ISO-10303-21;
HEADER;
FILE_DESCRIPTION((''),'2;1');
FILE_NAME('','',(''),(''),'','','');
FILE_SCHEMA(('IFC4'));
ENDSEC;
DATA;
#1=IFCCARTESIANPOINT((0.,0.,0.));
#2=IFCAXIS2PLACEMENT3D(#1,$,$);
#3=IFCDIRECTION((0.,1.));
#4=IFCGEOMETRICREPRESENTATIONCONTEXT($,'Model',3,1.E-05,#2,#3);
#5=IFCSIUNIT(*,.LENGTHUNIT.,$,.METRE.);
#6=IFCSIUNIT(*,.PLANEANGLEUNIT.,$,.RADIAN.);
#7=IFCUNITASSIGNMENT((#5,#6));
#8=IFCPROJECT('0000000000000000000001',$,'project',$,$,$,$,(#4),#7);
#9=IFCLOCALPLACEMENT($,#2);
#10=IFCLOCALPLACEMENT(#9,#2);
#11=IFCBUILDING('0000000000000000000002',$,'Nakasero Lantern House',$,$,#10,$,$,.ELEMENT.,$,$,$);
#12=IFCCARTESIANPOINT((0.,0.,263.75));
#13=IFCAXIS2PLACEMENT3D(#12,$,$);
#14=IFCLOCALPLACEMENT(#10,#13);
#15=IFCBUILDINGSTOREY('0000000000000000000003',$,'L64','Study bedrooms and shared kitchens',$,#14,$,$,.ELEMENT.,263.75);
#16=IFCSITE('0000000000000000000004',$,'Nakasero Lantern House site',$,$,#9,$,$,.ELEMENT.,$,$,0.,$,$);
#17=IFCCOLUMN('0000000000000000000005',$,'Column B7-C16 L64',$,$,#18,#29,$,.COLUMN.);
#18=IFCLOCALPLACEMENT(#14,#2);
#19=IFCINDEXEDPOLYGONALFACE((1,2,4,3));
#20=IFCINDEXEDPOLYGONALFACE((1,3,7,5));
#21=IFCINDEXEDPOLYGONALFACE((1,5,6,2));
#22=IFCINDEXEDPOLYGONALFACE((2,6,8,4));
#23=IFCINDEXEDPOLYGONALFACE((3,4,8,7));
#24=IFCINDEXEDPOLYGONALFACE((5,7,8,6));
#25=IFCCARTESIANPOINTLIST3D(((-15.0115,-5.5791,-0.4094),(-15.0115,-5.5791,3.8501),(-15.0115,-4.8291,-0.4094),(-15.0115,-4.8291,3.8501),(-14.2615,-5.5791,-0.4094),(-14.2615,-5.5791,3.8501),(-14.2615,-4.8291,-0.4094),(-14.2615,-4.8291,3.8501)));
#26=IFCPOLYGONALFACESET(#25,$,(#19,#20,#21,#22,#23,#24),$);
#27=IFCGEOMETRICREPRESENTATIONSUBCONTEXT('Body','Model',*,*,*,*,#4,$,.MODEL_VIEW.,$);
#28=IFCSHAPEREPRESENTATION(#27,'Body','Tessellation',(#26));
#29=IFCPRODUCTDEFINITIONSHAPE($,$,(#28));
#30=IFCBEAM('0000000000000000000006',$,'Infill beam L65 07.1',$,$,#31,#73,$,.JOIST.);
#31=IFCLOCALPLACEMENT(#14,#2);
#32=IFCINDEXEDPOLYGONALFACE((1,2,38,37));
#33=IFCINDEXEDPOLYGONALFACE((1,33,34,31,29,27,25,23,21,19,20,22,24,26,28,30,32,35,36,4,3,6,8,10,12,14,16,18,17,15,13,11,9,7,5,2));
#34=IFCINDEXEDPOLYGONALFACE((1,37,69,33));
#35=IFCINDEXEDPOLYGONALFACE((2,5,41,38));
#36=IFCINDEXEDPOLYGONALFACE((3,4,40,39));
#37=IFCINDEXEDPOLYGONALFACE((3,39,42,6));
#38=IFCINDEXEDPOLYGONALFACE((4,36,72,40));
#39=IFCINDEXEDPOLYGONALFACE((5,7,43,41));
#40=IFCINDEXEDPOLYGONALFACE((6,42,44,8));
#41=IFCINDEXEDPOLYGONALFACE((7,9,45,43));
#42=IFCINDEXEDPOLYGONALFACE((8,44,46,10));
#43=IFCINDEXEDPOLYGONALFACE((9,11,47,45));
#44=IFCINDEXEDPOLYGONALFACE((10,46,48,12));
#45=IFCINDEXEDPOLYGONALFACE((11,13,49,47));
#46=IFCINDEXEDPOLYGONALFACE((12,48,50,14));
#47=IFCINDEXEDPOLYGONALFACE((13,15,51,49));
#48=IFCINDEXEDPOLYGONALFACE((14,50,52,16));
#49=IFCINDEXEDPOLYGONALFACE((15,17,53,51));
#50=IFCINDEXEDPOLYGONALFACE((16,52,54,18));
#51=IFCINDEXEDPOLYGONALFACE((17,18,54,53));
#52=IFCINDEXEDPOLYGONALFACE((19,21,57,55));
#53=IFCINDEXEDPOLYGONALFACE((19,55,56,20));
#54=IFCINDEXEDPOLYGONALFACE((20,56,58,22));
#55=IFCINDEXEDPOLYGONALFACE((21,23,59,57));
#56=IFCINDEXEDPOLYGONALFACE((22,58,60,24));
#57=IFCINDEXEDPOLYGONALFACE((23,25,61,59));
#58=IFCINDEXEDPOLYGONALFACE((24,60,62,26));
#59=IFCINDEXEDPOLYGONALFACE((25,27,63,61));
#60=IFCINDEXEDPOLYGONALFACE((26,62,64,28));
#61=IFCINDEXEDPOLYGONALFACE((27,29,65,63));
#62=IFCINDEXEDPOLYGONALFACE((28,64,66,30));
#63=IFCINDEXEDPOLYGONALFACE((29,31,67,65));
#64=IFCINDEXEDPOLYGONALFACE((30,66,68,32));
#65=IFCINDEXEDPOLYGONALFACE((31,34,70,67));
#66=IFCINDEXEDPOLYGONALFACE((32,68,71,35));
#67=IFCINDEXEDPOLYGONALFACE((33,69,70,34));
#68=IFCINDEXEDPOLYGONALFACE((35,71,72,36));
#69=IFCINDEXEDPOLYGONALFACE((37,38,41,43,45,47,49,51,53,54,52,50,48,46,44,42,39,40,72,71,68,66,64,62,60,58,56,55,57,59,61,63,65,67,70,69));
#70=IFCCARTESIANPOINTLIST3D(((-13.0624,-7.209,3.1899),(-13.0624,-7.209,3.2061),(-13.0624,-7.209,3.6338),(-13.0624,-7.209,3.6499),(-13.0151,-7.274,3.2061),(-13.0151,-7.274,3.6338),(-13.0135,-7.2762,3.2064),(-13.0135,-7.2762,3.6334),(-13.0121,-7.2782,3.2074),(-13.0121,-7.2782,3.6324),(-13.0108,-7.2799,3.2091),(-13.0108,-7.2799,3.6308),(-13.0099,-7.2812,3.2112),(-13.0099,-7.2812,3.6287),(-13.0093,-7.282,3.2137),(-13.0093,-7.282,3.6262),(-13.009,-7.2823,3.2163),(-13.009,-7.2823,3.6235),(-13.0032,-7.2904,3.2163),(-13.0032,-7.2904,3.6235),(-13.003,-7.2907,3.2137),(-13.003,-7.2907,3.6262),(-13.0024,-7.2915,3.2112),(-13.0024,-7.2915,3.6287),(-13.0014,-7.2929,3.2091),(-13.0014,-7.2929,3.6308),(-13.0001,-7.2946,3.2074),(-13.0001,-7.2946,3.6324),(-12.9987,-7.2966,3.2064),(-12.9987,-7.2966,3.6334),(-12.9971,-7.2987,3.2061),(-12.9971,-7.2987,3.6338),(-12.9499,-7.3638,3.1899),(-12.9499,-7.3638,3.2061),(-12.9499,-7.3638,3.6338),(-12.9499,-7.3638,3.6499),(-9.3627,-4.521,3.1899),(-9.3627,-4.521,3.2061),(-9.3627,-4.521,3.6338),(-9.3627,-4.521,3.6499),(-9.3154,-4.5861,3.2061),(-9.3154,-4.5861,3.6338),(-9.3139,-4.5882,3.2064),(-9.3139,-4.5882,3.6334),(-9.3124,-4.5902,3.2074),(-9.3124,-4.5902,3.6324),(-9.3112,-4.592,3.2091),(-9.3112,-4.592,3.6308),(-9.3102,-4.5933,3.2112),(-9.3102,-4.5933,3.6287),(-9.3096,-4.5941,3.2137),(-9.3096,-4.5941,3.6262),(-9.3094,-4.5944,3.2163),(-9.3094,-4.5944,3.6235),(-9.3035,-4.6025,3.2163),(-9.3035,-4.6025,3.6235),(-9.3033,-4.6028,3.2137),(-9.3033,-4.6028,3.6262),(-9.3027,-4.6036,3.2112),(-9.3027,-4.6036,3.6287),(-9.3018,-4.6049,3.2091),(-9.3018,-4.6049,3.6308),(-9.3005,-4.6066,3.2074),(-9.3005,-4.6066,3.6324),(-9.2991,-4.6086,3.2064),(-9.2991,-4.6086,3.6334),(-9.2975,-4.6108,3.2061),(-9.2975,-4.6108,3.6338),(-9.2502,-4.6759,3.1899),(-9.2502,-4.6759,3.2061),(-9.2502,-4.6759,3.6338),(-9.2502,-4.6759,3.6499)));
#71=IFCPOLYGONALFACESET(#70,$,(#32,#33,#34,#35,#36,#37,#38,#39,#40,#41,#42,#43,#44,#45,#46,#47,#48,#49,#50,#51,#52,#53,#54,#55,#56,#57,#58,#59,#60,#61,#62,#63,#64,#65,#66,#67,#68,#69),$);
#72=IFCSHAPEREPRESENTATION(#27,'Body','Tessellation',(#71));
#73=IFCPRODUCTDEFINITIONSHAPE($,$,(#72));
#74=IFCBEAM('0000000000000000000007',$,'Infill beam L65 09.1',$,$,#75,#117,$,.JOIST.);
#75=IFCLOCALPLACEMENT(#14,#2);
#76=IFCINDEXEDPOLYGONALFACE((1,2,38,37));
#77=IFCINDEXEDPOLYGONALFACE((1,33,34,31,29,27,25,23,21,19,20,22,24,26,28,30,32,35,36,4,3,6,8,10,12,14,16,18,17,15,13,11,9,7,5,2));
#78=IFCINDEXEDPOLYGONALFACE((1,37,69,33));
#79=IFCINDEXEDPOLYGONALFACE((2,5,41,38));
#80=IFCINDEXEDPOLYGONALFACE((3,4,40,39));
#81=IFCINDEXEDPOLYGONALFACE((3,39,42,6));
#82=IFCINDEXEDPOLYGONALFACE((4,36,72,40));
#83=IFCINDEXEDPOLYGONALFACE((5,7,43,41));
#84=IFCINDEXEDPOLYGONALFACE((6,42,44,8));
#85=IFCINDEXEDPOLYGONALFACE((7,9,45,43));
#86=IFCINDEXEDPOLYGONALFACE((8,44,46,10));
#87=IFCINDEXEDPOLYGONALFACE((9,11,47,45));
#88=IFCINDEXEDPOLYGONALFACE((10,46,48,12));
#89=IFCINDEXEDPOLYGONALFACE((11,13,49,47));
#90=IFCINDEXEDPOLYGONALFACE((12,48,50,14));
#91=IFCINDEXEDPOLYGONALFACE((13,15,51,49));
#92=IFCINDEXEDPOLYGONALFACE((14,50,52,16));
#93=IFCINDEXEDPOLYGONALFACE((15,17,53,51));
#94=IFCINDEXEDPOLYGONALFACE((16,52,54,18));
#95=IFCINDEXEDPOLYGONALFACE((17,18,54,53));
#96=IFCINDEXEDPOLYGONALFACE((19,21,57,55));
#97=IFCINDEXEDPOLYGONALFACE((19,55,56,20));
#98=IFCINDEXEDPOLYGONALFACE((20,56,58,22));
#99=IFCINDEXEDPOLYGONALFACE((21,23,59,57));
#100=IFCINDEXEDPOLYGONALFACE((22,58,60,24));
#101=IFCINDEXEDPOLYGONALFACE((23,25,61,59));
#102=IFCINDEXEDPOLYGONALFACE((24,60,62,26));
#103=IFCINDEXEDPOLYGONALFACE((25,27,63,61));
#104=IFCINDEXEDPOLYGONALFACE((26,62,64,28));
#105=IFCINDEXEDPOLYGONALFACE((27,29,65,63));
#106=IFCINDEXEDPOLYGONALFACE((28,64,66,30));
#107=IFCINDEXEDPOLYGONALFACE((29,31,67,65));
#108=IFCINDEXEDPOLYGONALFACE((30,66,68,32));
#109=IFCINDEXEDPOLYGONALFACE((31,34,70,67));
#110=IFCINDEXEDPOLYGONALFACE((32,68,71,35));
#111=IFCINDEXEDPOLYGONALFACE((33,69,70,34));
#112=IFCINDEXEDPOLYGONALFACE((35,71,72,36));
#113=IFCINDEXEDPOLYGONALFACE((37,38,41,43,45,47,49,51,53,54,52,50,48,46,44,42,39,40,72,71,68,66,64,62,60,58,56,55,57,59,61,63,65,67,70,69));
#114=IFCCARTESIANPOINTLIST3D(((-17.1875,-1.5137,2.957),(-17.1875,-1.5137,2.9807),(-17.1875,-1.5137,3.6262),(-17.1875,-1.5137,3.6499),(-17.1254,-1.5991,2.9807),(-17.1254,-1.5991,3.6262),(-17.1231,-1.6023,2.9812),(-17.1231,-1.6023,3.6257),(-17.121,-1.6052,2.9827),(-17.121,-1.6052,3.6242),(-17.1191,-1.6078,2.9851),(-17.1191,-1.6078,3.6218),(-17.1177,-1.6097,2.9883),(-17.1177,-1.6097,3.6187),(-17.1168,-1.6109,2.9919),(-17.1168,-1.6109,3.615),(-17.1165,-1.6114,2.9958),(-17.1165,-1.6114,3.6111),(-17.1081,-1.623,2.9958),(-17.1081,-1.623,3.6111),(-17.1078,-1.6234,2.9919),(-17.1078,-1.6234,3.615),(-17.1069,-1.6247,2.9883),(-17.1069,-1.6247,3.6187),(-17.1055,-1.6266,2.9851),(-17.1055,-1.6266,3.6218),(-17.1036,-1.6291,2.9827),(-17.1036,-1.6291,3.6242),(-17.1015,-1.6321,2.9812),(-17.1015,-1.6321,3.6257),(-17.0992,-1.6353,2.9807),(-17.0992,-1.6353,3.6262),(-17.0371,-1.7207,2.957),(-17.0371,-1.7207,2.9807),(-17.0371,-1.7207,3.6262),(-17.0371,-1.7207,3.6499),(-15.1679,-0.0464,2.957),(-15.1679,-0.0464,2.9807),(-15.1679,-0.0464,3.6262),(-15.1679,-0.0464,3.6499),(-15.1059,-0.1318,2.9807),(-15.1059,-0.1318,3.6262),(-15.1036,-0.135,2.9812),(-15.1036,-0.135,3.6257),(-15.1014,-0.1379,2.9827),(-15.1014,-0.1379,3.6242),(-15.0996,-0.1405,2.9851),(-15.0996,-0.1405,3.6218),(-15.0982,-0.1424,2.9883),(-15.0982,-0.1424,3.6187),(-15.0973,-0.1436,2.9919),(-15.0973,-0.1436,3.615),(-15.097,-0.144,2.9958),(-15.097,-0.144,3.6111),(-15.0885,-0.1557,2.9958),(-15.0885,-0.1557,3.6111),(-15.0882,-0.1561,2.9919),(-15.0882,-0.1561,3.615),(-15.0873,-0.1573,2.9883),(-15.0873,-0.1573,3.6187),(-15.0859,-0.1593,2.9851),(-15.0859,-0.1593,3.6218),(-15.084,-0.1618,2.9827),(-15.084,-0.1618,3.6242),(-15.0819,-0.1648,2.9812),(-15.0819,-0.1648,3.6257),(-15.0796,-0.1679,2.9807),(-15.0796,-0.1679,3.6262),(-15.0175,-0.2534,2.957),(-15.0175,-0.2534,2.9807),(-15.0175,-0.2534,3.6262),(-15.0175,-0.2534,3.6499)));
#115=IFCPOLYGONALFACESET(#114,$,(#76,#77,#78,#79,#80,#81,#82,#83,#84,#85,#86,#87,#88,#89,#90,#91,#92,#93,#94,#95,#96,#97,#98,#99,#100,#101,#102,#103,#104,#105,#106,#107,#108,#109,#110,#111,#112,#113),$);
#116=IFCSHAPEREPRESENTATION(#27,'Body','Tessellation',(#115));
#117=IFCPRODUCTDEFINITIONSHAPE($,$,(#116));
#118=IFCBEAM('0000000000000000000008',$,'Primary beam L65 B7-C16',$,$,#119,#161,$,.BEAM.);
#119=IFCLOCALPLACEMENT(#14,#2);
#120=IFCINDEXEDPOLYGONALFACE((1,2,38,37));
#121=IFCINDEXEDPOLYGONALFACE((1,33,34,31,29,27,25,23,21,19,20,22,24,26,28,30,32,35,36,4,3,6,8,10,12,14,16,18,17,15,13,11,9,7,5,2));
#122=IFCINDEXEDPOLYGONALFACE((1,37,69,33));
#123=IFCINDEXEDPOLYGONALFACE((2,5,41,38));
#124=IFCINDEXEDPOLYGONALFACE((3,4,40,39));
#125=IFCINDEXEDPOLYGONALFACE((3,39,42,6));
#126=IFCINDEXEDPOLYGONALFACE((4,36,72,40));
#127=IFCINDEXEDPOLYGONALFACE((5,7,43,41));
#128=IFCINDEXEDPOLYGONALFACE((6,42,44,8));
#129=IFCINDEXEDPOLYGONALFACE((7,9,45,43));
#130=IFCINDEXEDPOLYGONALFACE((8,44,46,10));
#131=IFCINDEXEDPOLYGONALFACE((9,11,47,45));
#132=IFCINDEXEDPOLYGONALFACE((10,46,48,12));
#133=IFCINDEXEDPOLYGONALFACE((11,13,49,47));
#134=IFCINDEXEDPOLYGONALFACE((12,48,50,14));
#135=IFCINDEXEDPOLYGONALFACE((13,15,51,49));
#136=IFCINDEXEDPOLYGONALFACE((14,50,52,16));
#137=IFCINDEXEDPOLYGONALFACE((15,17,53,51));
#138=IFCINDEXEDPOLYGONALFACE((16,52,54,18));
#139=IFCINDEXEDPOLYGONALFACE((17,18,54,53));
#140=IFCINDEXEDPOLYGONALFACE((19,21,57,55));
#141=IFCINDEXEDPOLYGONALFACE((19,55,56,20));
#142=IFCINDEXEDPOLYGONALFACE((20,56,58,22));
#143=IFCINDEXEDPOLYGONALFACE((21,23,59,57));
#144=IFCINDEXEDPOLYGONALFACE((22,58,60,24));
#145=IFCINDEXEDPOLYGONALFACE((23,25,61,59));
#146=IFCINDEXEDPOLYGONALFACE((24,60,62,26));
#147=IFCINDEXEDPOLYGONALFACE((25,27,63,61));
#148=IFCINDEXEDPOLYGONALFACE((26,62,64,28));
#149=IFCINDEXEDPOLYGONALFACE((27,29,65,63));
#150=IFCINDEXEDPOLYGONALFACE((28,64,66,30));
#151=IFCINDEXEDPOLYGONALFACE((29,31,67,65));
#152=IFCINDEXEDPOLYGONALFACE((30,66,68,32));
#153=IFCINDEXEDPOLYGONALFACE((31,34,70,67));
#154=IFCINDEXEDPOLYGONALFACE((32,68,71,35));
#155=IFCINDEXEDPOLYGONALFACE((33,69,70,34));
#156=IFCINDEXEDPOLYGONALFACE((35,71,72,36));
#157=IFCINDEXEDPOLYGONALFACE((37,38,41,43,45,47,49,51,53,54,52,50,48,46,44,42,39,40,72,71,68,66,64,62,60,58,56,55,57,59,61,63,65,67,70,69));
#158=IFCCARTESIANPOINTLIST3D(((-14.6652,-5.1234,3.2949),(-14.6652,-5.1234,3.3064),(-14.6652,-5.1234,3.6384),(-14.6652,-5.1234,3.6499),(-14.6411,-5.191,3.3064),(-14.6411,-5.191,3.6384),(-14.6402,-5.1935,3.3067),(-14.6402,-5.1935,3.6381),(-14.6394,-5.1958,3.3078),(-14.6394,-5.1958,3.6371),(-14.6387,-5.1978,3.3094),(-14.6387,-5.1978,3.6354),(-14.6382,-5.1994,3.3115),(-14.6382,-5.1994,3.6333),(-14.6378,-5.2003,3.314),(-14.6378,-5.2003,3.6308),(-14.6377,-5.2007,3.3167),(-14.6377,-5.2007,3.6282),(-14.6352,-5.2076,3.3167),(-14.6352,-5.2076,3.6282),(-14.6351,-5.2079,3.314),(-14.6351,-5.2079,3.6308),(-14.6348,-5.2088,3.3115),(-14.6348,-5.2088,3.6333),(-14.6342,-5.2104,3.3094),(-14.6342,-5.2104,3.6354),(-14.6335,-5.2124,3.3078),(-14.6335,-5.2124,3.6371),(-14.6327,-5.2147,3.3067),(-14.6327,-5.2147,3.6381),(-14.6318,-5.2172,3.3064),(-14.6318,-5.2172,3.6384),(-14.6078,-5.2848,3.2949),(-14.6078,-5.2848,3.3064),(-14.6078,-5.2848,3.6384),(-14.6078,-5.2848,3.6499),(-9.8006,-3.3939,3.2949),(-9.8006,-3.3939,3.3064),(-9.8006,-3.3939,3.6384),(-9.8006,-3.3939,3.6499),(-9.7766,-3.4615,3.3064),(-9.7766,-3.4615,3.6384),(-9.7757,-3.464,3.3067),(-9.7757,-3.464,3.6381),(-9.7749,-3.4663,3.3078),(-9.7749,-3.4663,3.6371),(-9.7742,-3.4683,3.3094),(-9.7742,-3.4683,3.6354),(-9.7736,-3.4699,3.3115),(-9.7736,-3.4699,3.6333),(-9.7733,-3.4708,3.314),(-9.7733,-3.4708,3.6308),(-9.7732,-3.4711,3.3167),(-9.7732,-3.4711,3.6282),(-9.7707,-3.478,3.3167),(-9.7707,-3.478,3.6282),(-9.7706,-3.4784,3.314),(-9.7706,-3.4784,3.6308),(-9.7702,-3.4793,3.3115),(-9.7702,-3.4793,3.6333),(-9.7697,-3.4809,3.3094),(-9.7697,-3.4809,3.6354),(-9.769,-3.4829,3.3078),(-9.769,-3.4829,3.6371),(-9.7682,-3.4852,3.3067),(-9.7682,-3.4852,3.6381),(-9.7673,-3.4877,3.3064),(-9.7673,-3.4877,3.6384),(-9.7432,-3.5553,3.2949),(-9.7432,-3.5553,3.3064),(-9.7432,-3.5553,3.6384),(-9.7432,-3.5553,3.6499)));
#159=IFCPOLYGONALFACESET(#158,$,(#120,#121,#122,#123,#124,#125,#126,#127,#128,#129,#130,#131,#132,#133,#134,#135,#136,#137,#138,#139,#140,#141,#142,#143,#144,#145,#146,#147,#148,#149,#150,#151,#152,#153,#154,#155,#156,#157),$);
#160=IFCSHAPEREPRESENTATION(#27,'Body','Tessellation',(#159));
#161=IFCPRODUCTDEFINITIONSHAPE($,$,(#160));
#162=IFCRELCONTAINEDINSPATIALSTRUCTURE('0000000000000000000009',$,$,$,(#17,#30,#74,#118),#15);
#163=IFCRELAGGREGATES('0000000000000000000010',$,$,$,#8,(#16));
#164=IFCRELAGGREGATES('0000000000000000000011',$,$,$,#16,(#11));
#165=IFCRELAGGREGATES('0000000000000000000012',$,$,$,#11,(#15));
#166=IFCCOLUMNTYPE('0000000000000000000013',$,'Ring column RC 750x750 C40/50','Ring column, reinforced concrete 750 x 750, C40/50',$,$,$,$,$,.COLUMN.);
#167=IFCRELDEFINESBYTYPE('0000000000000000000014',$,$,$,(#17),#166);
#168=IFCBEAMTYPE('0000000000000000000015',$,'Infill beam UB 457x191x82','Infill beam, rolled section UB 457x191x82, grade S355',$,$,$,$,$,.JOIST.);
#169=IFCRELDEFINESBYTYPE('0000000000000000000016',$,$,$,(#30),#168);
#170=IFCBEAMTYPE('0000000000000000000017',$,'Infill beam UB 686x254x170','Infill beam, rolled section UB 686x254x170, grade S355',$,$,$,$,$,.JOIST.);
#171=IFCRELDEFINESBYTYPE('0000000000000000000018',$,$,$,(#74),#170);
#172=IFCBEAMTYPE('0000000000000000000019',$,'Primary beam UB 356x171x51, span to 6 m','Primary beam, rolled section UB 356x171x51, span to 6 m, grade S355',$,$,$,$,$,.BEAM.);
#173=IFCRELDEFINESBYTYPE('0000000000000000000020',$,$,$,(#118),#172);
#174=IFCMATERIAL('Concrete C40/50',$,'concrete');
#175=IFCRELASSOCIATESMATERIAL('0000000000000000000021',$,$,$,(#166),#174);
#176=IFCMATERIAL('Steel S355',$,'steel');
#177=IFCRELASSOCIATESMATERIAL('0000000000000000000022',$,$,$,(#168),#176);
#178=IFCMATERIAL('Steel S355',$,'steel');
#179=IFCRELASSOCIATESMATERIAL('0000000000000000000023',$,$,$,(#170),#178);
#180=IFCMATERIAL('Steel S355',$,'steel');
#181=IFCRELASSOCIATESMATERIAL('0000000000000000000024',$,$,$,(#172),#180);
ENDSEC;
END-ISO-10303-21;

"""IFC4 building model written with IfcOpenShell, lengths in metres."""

from ifc_helpers import new_model, si_unit, direction, frame, origin, origin_2d, place, context, subcontext, project, spatial, rectangle, i_section, extrude, material, material_profile, profile_set, type_object, element, save


model = new_model("IFC4")

# Units and contexts
model_context = context("Model", 3, precision=1e-05, world=origin(), true_north=direction((0.0, 1.0)))
body_context = subcontext(model_context, "Body", "Model", "MODEL_VIEW")
ifc_project = project(units=[si_unit("LENGTHUNIT", "METRE"), si_unit("PLANEANGLEUNIT", "RADIAN")], contexts=[model_context])

# Site, building, storey
site_placement = place(None, origin())
site = spatial("IfcSite", under=ifc_project, at=site_placement, Name="Nakasero Lantern House site", CompositionType="ELEMENT", RefElevation=0.0)
building_placement = place(site_placement, origin())
building = spatial("IfcBuilding", under=site, at=building_placement, Name="Nakasero Lantern House", CompositionType="ELEMENT")
storey_placement = place(building_placement, frame((0.0, 0.0, 263.75)))
storey = spatial("IfcBuildingStorey", under=building, at=storey_placement, Name="L64", Description="Study bedrooms and shared kitchens", CompositionType="ELEMENT", Elevation=263.75)

# Column
ifc_material_1 = material(Name="Concrete C40/50", Category="concrete")
ifc_material_profile_1 = material_profile(ifc_material_1, rectangle(XDim=0.75, YDim=0.75, at=origin_2d()), Name="RC 750x750")
ifc_profile_set_1 = profile_set([ifc_material_profile_1], Name="Concrete C40/50")
column_type = type_object("IfcColumnType", Name="Ring column RC 750x750 C40/50", Description="Ring column, reinforced concrete 750 x 750, C40/50", PredefinedType="COLUMN", material=ifc_profile_set_1)
column_placement = place(storey_placement, frame((-14.6365, -5.2041, -0.4094), z_axis=(0.0, 0.0, 1.0), x_axis=(1.0, 0.0, 0.0)))
element("IfcColumn", 1, at=column_placement, inside=storey, type_object=column_type, Name="Column B7-C16 L64", PredefinedType="COLUMN", context=body_context, shape_type="SweptSolid", body=[
    extrude(rectangle(XDim=0.75, YDim=0.75, at=origin_2d()), origin(), (0.0, 0.0, 1.0), 4.2595),
])

# Beams
ifc_material_2 = material(Name="Steel S355", Category="steel")
ifc_material_profile_2 = material_profile(ifc_material_2, i_section(OverallWidth=0.1914, OverallDepth=0.46, WebThickness=0.01, FlangeThickness=0.0161, FilletRadius=0.0103, at=origin_2d()), Name="UB 457x191x82")
ifc_profile_set_2 = profile_set([ifc_material_profile_2], Name="Steel S355")
beam_type_1 = type_object("IfcBeamType", Name="Infill beam UB 457x191x82", Description="Infill beam, rolled section UB 457x191x82, grade S355", PredefinedType="JOIST", material=ifc_profile_set_2)
beam_1_placement = place(storey_placement, frame((-13.0061, -7.2864, 3.4199), z_axis=(0.809018, 0.587784, 0.0), x_axis=(-0.587784, 0.809018, 0.0)))
element("IfcBeam", 2, at=beam_1_placement, inside=storey, type_object=beam_type_1, Name="Infill beam L65 07.1", PredefinedType="JOIST", context=body_context, shape_type="SweptSolid", body=[
    extrude(i_section(OverallWidth=0.1914, OverallDepth=0.46, WebThickness=0.01, FlangeThickness=0.0161, FilletRadius=0.0103, at=origin_2d()), origin(), (0.0, 0.0, 1.0), 4.573),
])
ifc_material_3 = material(Name="Steel S355", Category="steel")
ifc_material_profile_3 = material_profile(ifc_material_3, i_section(OverallWidth=0.2559, OverallDepth=0.6929, WebThickness=0.0144, FlangeThickness=0.0237, FilletRadius=0.0151, at=origin_2d()), Name="UB 686x254x170")
ifc_profile_set_3 = profile_set([ifc_material_profile_3], Name="Steel S355")
beam_type_2 = type_object("IfcBeamType", Name="Infill beam UB 686x254x170", Description="Infill beam, rolled section UB 686x254x170, grade S355", PredefinedType="JOIST", material=ifc_profile_set_3)
beam_2_placement = place(storey_placement, frame((-17.1123, -1.6172, 3.3035), z_axis=(0.809015, 0.587788, 0.0), x_axis=(-0.587788, 0.809015, 0.0)))
element("IfcBeam", 3, at=beam_2_placement, inside=storey, type_object=beam_type_2, Name="Infill beam L65 09.1", PredefinedType="JOIST", context=body_context, shape_type="SweptSolid", body=[
    extrude(i_section(OverallWidth=0.2559, OverallDepth=0.6929, WebThickness=0.0144, FlangeThickness=0.0237, FilletRadius=0.0151, at=origin_2d()), origin(), (0.0, 0.0, 1.0), 2.4963),
])
ifc_material_4 = material(Name="Steel S355", Category="steel")
ifc_material_profile_4 = material_profile(ifc_material_4, i_section(OverallWidth=0.1714, OverallDepth=0.355, WebThickness=0.0073, FlangeThickness=0.0115, FilletRadius=0.0103, at=origin_2d()), Name="UB 356x171x51")
ifc_profile_set_4 = profile_set([ifc_material_profile_4], Name="Steel S355")
beam_type_3 = type_object("IfcBeamType", Name="Primary beam UB 356x171x51, span to 6 m", Description="Primary beam, rolled section UB 356x171x51, span to 6 m, grade S355", PredefinedType="BEAM", material=ifc_profile_set_4)
beam_3_placement = place(storey_placement, frame((-14.6365, -5.2041, 3.4724), z_axis=(0.942221, 0.334991, 0.0), x_axis=(-0.334991, 0.942221, 0.0)))
element("IfcBeam", 4, at=beam_3_placement, inside=storey, type_object=beam_type_3, Name="Primary beam L65 B7-C16", PredefinedType="BEAM", context=body_context, shape_type="SweptSolid", body=[
    extrude(i_section(OverallWidth=0.1714, OverallDepth=0.355, WebThickness=0.0073, FlangeThickness=0.0115, FilletRadius=0.0103, at=origin_2d()), origin(), (0.0, 0.0, 1.0), 5.1628),
])

save(model, "model.ifc")
